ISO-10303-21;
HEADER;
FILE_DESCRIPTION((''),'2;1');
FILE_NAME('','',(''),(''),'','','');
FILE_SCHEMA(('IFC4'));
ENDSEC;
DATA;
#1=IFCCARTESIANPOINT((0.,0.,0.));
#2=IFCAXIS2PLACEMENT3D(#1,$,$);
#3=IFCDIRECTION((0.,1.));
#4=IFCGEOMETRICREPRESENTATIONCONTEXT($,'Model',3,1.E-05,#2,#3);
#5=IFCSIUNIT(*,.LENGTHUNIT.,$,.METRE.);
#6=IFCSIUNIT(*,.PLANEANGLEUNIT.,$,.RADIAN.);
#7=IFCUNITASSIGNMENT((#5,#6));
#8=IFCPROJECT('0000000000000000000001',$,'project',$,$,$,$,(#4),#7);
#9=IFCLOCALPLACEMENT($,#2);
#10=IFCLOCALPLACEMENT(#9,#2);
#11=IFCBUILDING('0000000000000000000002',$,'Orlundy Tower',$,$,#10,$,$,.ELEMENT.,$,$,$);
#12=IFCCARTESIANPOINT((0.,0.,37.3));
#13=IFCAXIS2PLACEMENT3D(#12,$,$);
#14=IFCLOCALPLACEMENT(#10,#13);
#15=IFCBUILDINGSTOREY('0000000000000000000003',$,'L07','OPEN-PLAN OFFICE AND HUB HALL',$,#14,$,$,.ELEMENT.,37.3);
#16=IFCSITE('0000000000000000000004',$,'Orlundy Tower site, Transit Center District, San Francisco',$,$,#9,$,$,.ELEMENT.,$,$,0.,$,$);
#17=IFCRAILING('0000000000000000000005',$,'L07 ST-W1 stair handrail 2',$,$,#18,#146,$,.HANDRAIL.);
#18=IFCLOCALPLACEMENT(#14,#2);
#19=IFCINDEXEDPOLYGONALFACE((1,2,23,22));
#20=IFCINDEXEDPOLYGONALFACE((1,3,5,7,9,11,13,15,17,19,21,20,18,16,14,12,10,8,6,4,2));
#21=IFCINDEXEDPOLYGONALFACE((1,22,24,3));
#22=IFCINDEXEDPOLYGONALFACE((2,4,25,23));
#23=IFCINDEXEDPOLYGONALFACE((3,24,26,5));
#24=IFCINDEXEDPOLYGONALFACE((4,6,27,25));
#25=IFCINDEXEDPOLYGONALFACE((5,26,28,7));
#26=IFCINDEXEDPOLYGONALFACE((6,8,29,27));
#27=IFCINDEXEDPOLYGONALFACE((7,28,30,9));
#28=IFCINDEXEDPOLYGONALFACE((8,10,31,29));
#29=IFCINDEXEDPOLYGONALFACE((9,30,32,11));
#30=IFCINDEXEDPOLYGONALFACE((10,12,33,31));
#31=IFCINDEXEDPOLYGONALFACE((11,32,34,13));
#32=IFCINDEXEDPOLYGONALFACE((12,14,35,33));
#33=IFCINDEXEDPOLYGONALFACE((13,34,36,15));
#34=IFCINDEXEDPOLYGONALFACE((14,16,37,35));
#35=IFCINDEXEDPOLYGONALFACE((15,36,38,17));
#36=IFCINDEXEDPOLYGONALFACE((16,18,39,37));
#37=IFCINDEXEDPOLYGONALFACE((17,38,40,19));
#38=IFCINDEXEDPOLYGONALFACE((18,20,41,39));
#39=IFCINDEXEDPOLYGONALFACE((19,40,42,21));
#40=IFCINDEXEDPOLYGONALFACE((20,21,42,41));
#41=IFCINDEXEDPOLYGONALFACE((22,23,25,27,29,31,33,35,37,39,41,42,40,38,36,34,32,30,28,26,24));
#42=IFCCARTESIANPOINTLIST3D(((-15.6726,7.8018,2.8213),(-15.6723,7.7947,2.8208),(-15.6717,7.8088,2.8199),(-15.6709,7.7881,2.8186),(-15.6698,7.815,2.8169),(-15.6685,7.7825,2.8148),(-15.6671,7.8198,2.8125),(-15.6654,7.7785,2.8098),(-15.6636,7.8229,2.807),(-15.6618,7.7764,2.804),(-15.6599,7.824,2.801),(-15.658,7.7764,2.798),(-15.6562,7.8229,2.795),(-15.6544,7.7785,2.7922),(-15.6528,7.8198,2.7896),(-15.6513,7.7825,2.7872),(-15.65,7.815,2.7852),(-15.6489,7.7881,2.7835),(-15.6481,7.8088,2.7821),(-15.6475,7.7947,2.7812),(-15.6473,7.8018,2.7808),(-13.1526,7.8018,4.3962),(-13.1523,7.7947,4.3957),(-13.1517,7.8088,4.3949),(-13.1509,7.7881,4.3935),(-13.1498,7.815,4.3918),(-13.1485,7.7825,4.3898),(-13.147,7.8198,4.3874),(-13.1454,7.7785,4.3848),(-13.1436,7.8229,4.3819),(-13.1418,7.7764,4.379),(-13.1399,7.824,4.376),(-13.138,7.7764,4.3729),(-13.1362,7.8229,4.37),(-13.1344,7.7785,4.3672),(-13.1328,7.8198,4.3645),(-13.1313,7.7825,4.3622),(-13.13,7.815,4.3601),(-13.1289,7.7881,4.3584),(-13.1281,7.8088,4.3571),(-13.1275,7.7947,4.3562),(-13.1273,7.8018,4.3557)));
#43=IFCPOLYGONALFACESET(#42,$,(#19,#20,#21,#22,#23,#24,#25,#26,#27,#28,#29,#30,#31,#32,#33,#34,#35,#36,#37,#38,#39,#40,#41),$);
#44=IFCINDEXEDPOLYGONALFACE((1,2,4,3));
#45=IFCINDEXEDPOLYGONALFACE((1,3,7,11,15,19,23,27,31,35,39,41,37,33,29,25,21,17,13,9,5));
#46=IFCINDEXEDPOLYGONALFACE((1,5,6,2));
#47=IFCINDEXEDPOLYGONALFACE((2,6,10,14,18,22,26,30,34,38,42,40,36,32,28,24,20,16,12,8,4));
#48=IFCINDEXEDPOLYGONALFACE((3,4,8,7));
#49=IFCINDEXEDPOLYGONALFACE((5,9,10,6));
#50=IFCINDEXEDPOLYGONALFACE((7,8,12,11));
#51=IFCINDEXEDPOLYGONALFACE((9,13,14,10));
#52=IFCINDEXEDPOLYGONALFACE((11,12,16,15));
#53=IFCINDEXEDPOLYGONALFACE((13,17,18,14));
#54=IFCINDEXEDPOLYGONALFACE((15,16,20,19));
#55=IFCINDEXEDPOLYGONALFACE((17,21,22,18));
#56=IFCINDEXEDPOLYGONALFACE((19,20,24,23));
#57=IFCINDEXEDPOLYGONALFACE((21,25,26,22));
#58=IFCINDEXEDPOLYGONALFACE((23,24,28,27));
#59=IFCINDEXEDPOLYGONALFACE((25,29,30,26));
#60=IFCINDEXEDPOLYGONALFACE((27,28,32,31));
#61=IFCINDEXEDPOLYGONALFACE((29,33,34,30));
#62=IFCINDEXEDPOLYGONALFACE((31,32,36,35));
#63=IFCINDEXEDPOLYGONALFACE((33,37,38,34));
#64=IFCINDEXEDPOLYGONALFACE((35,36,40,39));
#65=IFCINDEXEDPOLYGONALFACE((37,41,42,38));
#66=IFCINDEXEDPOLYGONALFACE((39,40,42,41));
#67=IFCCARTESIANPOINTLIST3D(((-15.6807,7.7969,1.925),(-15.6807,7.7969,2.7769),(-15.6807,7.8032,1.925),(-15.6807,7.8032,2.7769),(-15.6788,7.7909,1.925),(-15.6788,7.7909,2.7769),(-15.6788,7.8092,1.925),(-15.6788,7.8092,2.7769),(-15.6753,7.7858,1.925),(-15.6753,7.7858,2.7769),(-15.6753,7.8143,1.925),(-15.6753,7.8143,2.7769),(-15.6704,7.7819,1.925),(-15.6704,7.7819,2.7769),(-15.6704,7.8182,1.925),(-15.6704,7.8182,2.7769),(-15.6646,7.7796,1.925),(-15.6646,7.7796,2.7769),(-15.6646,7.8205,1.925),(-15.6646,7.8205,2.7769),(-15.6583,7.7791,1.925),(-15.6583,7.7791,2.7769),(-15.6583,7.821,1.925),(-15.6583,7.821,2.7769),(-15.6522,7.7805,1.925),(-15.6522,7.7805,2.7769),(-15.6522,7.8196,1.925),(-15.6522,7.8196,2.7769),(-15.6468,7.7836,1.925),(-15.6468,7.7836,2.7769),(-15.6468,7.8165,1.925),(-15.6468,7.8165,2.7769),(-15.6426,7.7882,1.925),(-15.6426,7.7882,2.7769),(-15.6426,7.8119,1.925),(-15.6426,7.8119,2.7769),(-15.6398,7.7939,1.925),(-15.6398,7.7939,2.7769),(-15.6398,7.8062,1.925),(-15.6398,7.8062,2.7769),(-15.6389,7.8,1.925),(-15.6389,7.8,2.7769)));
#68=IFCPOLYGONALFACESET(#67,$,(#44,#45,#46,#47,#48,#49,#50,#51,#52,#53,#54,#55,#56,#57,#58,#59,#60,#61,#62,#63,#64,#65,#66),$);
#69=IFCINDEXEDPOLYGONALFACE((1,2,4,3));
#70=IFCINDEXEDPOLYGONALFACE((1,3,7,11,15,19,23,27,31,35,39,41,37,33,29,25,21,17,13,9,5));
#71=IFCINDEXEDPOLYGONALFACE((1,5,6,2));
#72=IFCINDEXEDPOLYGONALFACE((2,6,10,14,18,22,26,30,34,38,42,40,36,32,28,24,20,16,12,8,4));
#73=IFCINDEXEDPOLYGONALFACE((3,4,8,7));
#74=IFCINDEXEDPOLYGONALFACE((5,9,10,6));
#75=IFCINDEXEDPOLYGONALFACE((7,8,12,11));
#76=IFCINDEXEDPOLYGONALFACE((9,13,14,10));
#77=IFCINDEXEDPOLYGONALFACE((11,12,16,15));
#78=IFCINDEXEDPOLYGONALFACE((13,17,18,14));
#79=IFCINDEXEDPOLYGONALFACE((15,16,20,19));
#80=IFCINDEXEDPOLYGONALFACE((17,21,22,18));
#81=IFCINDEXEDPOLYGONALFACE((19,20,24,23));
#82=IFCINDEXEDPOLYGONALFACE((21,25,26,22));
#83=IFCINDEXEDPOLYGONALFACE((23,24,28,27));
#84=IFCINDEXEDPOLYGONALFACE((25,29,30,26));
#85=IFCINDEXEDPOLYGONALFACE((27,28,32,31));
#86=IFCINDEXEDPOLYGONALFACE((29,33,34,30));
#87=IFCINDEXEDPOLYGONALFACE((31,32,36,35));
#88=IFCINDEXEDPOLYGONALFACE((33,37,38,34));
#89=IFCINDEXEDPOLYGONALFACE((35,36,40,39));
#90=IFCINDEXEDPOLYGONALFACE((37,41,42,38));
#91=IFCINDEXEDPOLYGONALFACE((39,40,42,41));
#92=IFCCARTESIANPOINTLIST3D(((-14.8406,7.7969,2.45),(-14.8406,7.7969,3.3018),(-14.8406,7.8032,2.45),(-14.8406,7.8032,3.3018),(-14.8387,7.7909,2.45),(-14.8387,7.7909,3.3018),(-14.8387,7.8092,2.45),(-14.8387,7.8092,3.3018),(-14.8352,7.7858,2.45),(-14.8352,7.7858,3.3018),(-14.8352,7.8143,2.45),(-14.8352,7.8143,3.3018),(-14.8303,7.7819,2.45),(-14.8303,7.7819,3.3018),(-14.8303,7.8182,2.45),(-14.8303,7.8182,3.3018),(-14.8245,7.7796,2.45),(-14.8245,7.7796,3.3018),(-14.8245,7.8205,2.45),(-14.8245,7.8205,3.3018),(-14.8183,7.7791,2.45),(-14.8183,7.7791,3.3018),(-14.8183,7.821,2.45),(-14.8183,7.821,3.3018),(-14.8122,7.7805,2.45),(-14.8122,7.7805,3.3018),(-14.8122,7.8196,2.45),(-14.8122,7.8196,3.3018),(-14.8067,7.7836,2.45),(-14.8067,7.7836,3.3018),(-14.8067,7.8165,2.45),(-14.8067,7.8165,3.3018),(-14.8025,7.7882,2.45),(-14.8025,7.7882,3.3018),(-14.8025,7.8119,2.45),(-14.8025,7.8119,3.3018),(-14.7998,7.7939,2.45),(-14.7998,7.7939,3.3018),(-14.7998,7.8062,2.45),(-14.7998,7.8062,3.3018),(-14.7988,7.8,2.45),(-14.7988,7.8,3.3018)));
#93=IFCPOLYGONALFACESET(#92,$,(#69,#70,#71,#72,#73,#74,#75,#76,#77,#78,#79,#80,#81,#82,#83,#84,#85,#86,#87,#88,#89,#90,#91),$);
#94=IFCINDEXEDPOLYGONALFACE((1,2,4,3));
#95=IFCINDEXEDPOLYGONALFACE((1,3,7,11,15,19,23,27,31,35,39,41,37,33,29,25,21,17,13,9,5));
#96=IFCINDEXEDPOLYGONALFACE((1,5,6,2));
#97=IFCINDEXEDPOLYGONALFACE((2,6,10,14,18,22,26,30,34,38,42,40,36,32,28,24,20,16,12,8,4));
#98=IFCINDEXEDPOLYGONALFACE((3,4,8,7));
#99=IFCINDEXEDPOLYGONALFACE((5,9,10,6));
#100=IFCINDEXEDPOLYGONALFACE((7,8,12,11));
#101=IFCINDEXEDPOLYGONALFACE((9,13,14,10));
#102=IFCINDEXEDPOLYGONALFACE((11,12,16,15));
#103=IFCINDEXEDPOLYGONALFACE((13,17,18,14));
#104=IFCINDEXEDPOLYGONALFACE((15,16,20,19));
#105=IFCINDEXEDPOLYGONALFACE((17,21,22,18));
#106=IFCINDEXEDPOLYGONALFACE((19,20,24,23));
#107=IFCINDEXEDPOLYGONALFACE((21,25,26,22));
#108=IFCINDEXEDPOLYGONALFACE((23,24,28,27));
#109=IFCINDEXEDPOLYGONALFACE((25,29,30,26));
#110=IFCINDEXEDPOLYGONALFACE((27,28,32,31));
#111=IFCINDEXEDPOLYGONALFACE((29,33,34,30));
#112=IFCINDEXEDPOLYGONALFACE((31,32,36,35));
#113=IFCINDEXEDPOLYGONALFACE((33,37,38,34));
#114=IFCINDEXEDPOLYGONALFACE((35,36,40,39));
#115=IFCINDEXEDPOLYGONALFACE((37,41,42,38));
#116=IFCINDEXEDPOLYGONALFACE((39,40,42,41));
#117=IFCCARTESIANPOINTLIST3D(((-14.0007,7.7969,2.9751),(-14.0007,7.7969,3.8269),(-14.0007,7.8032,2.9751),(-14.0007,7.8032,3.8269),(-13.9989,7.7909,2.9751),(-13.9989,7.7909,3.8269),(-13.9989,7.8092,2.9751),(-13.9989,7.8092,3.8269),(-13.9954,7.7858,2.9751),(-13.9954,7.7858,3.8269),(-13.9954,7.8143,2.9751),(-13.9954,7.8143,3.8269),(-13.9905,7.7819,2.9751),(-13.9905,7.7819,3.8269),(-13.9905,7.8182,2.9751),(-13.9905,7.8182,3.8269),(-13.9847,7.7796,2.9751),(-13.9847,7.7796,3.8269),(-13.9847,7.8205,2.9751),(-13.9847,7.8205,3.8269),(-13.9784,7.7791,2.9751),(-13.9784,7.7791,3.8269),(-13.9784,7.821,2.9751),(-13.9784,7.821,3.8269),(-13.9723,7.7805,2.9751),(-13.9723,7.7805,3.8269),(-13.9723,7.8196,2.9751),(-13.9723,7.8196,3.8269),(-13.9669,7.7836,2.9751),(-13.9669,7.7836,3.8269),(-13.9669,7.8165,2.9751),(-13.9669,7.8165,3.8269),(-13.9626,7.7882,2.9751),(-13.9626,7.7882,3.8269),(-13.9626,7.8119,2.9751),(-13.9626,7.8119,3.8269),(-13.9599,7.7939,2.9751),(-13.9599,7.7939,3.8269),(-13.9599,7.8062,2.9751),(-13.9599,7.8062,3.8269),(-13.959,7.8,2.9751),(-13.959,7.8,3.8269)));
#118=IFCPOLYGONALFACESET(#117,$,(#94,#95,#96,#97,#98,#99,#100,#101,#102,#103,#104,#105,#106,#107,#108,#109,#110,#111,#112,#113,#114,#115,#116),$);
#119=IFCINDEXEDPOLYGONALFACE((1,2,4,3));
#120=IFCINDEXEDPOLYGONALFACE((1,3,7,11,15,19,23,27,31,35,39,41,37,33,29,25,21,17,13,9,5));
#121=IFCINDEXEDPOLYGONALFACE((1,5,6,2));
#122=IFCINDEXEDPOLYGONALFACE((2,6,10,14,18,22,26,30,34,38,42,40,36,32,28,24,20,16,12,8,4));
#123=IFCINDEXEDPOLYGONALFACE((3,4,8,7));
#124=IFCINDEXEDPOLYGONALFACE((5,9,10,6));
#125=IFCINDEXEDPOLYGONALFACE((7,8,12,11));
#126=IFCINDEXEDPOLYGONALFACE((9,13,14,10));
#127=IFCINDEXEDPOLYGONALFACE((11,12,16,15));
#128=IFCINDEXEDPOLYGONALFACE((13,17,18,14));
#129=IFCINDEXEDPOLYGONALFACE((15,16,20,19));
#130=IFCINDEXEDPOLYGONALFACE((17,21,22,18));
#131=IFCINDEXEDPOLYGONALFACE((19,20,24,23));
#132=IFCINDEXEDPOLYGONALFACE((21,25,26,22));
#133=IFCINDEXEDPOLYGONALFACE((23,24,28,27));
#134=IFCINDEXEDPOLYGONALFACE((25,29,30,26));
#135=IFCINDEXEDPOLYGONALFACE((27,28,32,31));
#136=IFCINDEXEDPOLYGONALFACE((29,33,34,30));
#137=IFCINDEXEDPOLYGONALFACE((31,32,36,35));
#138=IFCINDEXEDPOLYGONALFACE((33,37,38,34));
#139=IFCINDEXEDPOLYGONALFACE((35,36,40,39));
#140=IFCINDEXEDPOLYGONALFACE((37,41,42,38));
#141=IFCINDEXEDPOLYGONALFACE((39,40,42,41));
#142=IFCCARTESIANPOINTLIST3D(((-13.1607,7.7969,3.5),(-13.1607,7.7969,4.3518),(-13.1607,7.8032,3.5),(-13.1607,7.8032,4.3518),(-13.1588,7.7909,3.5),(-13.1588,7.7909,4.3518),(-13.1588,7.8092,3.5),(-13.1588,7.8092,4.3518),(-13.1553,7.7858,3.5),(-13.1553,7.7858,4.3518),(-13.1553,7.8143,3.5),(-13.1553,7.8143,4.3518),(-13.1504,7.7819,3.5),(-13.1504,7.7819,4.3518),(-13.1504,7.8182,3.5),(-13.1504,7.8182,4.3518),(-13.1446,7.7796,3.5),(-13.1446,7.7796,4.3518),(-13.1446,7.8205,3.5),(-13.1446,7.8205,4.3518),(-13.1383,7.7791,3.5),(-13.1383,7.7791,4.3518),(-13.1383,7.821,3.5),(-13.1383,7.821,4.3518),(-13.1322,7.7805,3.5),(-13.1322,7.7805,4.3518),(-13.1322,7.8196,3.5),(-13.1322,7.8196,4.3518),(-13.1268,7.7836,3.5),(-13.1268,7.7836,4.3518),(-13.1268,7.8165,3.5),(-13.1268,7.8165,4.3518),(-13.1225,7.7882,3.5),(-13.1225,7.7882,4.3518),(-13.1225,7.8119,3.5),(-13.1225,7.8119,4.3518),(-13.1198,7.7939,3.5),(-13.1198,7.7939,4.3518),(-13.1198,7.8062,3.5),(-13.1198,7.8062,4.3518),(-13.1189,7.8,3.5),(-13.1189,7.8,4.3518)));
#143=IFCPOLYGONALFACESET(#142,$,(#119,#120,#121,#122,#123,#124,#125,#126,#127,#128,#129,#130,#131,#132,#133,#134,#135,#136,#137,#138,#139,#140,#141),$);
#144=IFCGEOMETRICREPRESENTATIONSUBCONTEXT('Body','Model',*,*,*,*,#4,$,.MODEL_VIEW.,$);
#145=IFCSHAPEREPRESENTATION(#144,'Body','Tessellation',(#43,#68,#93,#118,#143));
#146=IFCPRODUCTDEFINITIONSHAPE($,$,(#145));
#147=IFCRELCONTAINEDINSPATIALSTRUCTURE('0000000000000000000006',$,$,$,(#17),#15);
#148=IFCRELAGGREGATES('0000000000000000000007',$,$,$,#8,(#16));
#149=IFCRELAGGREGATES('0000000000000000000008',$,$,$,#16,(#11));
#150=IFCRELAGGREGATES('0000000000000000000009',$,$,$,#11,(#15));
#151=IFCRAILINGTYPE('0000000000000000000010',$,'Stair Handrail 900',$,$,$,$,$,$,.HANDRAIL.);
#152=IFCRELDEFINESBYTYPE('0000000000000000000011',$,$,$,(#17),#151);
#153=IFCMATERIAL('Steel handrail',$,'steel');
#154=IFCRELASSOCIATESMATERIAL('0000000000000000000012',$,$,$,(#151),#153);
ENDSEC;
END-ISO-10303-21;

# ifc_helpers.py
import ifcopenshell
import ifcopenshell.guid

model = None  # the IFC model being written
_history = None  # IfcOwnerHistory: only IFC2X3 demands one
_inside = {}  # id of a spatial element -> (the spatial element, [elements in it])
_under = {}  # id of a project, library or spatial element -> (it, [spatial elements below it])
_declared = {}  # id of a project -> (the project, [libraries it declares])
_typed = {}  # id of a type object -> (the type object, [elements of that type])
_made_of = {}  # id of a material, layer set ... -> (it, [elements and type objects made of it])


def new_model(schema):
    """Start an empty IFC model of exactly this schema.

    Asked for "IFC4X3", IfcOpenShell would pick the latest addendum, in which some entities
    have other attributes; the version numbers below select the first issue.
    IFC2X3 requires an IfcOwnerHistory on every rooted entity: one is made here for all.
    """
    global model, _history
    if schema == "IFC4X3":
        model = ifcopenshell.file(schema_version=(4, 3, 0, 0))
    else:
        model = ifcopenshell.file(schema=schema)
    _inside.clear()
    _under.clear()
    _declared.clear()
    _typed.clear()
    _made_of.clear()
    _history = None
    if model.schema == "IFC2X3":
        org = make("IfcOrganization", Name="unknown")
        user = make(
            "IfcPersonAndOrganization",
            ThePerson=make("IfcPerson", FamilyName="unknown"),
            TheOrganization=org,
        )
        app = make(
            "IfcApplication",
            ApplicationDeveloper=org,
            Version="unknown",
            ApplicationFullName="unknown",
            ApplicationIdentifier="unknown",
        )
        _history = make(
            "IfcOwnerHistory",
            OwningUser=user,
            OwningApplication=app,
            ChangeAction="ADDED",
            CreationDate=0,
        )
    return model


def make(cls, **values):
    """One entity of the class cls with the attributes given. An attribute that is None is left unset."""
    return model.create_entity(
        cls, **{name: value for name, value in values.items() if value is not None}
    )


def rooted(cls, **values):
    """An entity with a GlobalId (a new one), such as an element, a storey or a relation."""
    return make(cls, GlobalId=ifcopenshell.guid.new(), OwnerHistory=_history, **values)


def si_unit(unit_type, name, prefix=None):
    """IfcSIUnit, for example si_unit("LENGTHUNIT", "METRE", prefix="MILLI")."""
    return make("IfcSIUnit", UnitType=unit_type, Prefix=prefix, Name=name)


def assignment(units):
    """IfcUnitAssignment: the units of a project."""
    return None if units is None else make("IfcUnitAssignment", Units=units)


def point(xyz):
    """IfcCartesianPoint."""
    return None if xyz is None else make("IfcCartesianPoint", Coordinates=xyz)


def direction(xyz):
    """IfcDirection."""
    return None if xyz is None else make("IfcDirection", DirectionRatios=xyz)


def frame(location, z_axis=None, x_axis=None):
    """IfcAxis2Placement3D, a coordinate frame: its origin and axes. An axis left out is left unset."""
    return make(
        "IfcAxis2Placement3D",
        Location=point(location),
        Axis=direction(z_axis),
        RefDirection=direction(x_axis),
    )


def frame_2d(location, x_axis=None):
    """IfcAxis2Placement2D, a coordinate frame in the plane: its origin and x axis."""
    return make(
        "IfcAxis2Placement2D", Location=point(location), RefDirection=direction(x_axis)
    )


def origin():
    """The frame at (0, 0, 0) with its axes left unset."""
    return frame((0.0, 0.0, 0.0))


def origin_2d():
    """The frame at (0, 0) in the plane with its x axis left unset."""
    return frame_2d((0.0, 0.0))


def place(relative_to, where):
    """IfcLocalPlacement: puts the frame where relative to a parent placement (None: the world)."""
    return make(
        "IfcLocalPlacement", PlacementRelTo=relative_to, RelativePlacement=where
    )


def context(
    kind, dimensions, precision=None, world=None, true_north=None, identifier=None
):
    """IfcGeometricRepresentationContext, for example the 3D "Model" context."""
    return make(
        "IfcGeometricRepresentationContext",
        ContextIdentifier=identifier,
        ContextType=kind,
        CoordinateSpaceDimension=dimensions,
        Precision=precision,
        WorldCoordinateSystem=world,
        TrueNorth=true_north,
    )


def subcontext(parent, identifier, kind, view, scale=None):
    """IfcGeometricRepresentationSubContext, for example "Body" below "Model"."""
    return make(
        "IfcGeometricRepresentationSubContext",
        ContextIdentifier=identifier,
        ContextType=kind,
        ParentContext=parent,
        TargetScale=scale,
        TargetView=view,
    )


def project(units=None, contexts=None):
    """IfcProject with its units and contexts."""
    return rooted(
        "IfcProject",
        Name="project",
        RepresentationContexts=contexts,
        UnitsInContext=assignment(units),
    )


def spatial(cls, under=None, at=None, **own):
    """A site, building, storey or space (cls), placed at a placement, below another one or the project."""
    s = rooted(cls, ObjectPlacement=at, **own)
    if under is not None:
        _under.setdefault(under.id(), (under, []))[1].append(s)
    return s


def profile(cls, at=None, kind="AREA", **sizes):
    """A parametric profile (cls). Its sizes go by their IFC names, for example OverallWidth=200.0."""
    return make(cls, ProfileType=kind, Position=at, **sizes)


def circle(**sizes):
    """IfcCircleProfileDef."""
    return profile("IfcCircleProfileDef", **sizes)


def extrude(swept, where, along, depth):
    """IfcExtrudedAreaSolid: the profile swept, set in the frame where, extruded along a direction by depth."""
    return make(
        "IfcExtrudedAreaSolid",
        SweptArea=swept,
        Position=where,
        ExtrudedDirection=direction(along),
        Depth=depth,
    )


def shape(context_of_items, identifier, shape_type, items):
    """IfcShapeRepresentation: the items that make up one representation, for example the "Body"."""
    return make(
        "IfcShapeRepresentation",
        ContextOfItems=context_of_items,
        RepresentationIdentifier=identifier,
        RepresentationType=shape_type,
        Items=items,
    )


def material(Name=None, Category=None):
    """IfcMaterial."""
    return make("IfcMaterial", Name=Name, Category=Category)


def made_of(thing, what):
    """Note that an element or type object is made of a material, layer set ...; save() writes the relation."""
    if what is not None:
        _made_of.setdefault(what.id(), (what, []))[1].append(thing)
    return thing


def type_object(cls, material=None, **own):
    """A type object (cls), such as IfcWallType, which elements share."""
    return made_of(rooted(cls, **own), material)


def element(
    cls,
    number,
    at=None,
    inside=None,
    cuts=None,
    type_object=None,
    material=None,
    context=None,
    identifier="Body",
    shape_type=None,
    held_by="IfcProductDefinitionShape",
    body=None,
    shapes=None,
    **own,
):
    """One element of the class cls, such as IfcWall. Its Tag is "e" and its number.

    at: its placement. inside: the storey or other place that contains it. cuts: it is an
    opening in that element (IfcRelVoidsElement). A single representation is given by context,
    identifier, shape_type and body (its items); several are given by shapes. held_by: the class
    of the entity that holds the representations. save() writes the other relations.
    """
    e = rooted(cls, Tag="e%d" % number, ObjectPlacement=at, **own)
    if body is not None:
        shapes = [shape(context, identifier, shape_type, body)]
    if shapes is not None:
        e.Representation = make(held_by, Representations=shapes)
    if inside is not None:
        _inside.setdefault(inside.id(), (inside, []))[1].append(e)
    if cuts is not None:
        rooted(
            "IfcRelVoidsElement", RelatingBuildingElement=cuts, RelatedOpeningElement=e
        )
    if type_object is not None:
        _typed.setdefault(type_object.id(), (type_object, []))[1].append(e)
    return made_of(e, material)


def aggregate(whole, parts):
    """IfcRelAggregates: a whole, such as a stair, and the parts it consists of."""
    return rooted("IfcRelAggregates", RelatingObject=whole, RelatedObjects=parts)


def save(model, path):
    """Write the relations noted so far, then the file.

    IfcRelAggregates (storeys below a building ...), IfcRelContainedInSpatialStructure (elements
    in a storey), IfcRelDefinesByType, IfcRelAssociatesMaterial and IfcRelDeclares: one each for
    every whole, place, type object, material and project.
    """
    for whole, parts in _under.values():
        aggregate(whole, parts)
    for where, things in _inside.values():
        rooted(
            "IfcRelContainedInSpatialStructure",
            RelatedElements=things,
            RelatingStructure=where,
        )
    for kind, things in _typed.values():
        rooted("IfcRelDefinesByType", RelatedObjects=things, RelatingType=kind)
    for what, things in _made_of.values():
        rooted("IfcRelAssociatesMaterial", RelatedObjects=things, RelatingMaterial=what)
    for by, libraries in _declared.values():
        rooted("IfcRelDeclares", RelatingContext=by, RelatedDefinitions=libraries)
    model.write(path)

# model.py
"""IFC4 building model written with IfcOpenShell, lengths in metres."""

from ifc_helpers import new_model, si_unit, direction, frame, origin, origin_2d, place, context, subcontext, project, spatial, circle, extrude, material, type_object, element, save


model = new_model("IFC4")

# Units and contexts
model_context = context("Model", 3, precision=1e-05, world=origin(), true_north=direction((0.0, 1.0)))
body_context = subcontext(model_context, "Body", "Model", "MODEL_VIEW")
ifc_project = project(units=[si_unit("LENGTHUNIT", "METRE"), si_unit("PLANEANGLEUNIT", "RADIAN")], contexts=[model_context])

# Site, building, storey
site_placement = place(None, origin())
site = spatial("IfcSite", under=ifc_project, at=site_placement, Name="Orlundy Tower site, Transit Center District, San Francisco", CompositionType="ELEMENT", RefElevation=0.0)
building_placement = place(site_placement, origin())
building = spatial("IfcBuilding", under=site, at=building_placement, Name="Orlundy Tower", CompositionType="ELEMENT")
storey_placement = place(building_placement, frame((0.0, 0.0, 37.3)))
storey = spatial("IfcBuildingStorey", under=building, at=storey_placement, Name="L07", Description="OPEN-PLAN OFFICE AND HUB HALL", CompositionType="ELEMENT", Elevation=37.3)

# Railing
ifc_material_1 = material(Name="Steel handrail", Category="steel")
railing_type_1 = type_object("IfcRailingType", Name="Stair Handrail 900", PredefinedType="HANDRAIL", material=ifc_material_1)
railing_1_placement = place(storey_placement, frame((-15.6599, 7.8, 1.925)))
element("IfcRailing", 1, at=railing_1_placement, inside=storey, type_object=railing_type_1, Name="L07 ST-W1 stair handrail 2", PredefinedType="HANDRAIL", context=body_context, shape_type="SweptSolid", body=[
    extrude(circle(Radius=0.0239, at=origin_2d()), frame((0.0, 0.0, 0.876), z_axis=(0.848008, 0.0, 0.529984), x_axis=(0.0, 1.0, 0.0)), (0.0, 0.0, 1.0), 2.9717),
    extrude(circle(Radius=0.021, at=origin_2d()), origin(), (0.0, 0.0, 1.0), 0.8518),
    extrude(circle(Radius=0.021, at=origin_2d()), frame((0.8401, 0.0, 0.5249)), (0.0, 0.0, 1.0), 0.8518),
    extrude(circle(Radius=0.021, at=origin_2d()), frame((1.6799, 0.0, 1.05)), (0.0, 0.0, 1.0), 0.8518),
    extrude(circle(Radius=0.021, at=origin_2d()), frame((2.52, 0.0, 1.575)), (0.0, 0.0, 1.0), 0.8518),
])

save(model, "model.ifc")
